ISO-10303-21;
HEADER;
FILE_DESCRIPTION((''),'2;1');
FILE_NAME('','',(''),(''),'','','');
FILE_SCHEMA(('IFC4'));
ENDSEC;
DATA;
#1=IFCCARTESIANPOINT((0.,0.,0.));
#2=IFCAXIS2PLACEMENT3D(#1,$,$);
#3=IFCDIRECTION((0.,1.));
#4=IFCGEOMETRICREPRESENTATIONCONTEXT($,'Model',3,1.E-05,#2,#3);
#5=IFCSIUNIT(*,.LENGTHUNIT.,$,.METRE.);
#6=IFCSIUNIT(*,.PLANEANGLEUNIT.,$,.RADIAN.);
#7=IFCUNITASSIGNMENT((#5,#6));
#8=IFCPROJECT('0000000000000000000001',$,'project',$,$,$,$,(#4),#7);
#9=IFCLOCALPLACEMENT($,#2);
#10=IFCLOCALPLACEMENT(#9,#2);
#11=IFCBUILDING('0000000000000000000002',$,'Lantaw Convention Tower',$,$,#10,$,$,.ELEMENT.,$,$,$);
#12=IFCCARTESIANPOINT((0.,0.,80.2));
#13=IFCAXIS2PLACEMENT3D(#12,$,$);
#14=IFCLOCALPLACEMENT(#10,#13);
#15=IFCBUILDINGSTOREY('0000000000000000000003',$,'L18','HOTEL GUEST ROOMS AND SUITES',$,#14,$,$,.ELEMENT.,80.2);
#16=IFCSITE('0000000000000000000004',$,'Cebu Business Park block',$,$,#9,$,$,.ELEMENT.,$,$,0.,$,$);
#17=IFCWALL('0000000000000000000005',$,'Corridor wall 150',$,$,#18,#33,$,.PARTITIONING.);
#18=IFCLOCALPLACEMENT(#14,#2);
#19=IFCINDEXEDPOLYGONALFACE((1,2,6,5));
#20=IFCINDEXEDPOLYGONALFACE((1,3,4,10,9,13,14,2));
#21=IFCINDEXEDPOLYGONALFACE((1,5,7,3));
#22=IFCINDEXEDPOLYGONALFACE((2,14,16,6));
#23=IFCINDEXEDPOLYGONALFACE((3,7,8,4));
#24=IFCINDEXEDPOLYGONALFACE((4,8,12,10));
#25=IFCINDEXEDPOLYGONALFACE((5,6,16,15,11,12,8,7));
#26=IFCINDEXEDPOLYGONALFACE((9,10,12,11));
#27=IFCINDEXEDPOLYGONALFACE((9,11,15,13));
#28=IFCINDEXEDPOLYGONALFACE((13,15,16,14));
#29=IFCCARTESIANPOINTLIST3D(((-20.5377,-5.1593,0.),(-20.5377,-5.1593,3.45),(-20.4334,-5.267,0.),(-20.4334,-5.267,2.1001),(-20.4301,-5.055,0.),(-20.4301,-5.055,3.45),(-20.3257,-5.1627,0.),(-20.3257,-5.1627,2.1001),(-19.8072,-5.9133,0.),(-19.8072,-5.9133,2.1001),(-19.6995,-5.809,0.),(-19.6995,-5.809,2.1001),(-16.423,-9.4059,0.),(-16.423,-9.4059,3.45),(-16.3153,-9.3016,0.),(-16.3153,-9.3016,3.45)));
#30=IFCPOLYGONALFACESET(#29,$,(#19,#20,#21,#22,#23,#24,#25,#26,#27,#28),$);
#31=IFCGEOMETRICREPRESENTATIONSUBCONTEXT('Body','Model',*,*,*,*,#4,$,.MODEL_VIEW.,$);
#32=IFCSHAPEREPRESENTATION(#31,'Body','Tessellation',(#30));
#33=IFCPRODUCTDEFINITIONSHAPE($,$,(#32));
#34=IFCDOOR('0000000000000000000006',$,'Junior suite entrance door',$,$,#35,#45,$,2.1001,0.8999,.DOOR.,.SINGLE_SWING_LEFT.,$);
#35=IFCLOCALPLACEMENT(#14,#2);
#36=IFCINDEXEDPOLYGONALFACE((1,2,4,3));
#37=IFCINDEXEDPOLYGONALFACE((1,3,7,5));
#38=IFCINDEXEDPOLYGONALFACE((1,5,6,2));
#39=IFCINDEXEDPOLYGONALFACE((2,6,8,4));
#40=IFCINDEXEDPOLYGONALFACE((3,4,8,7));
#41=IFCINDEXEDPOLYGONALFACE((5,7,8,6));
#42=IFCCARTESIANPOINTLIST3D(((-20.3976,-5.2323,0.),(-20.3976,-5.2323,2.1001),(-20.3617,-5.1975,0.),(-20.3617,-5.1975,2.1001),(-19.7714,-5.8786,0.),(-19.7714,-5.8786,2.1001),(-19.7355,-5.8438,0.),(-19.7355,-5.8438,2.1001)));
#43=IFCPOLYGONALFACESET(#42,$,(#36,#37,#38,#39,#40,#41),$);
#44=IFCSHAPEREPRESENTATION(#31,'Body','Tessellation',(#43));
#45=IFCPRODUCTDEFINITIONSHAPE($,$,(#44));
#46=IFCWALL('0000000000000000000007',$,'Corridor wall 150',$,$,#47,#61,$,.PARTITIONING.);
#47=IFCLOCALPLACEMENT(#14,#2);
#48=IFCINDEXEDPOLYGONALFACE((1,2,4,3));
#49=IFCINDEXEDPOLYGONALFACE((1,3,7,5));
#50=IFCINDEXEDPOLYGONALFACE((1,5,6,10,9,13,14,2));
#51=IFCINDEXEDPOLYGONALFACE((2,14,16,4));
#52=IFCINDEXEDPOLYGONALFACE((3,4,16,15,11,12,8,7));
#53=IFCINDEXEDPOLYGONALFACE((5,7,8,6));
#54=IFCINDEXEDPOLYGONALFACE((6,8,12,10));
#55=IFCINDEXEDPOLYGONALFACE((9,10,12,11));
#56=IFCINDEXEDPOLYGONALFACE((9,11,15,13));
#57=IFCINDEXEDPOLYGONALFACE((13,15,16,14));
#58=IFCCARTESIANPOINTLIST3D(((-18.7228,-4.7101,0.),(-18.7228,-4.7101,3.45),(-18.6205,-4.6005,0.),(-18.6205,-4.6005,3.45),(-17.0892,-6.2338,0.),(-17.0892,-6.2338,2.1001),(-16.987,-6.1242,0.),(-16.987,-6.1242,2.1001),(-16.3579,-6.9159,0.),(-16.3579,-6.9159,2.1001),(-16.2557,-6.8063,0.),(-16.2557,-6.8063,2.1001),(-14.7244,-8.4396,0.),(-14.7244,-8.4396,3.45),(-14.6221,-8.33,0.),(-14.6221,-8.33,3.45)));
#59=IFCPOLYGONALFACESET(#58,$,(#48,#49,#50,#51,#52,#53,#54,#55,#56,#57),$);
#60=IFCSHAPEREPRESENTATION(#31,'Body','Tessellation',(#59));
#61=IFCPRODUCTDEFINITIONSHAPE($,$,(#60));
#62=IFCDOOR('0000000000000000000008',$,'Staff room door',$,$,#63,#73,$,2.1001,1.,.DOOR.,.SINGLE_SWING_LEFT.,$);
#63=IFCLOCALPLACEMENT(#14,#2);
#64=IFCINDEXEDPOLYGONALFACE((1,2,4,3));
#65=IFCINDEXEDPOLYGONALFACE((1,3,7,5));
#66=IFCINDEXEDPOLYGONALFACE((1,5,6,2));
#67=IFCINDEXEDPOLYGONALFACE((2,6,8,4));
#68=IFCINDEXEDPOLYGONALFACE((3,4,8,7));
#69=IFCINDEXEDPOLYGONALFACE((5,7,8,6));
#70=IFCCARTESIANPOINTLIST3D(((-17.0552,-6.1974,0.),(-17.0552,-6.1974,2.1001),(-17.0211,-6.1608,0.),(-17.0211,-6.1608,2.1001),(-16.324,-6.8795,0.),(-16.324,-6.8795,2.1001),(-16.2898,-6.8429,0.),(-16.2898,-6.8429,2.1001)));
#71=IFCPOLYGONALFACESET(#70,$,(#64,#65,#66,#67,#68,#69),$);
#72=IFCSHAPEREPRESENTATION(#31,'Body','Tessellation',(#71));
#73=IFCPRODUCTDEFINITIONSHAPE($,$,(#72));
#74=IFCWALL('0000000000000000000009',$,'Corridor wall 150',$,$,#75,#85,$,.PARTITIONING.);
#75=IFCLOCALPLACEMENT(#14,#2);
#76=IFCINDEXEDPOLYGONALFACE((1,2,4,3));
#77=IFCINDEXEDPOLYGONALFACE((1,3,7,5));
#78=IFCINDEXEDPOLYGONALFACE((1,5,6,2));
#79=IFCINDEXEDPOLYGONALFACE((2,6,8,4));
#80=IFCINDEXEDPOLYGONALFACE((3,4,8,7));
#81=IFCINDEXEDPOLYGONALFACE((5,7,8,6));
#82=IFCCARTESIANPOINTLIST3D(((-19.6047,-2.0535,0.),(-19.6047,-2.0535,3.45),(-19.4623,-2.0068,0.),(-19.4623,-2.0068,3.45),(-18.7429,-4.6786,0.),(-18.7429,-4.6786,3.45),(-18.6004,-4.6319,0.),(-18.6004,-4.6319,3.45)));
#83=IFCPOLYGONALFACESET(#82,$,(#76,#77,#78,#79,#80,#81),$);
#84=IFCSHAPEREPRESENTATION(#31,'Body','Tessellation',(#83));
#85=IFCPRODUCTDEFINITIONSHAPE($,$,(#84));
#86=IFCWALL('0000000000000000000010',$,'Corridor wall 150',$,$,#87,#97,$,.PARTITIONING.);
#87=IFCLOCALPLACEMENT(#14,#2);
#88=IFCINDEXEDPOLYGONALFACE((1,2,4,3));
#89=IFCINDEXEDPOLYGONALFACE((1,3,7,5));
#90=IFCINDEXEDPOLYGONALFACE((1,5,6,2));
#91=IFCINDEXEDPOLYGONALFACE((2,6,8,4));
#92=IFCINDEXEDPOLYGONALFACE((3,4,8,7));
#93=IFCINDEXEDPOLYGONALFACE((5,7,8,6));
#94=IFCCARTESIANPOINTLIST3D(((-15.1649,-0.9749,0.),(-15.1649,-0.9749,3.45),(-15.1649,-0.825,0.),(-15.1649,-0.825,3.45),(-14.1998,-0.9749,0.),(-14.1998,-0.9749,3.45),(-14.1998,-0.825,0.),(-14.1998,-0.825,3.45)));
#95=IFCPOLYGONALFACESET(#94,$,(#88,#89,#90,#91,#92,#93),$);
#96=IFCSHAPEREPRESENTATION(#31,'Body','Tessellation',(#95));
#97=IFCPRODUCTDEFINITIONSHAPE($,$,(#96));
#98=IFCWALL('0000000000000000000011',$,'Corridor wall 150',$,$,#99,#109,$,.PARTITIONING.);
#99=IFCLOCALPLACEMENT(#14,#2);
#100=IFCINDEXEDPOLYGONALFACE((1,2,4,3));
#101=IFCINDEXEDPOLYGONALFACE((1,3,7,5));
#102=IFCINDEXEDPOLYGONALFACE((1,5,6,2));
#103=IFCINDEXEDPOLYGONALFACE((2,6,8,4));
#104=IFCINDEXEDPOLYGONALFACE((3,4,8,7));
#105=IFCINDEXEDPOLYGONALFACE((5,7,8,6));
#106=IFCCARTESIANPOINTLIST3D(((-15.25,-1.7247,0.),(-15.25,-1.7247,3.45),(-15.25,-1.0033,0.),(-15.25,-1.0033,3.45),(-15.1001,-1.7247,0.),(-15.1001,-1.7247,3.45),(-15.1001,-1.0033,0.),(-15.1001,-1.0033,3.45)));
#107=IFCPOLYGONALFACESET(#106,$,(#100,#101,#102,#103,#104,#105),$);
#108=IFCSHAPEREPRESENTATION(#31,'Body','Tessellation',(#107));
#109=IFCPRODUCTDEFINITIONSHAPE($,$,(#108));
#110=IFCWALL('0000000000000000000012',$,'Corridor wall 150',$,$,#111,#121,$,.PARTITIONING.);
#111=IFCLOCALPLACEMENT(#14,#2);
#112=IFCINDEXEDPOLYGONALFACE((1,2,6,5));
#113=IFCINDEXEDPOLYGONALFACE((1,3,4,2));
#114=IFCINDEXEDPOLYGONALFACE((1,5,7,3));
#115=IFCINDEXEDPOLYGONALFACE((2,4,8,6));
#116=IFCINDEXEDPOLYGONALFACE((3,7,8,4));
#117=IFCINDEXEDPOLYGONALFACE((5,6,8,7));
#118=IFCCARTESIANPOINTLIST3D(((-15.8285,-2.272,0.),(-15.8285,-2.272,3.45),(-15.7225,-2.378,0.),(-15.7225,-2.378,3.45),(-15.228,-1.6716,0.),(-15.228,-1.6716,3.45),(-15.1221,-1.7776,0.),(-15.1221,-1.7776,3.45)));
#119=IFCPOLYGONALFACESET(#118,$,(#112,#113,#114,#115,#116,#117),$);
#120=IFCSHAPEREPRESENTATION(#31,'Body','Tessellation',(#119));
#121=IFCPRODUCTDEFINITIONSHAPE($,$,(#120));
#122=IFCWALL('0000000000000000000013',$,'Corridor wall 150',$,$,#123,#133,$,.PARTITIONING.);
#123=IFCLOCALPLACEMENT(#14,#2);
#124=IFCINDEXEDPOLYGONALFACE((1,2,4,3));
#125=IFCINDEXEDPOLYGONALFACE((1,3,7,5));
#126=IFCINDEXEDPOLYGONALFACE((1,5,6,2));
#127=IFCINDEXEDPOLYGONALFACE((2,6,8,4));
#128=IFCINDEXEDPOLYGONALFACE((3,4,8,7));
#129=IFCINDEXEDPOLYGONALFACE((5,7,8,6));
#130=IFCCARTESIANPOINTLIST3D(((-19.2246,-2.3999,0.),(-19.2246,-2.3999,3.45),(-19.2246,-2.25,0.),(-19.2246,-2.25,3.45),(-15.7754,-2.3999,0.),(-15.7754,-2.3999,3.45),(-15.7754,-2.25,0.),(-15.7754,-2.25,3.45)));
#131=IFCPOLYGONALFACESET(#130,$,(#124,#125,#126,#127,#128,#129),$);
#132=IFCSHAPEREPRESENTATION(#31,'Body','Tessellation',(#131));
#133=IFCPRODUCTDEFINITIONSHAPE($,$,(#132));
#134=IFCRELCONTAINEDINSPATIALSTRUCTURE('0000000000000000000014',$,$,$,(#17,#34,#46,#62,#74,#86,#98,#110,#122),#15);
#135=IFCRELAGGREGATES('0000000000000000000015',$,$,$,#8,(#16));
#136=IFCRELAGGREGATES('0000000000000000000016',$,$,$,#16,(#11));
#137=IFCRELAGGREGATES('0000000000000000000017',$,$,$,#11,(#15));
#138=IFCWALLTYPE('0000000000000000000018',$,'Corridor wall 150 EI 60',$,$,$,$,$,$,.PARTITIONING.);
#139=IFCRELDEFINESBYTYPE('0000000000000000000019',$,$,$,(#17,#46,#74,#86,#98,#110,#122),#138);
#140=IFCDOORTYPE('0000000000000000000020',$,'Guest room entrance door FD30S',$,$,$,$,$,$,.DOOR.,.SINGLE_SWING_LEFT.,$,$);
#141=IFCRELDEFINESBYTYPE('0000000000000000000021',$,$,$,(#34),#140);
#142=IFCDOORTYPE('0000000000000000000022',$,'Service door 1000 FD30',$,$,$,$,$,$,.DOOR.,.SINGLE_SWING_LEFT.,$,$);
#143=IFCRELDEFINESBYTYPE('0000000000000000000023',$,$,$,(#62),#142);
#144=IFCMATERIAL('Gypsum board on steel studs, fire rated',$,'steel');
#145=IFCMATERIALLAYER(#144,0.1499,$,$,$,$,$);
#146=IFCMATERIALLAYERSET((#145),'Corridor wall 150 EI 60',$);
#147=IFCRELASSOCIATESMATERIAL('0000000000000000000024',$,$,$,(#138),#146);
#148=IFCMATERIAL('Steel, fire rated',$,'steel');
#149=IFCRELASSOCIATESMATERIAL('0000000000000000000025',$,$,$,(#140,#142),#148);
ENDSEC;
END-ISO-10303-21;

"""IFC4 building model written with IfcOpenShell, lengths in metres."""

from ifc_helpers import new_model, si_unit, direction, frame, frame_2d, origin, place, context, subcontext, project, spatial, rectangle, extrude, material, layer, layer_set, type_object, element, fill, save


model = new_model("IFC4")

# Units and contexts
model_context = context("Model", 3, precision=1e-05, world=origin(), true_north=direction((0.0, 1.0)))
body_context = subcontext(model_context, "Body", "Model", "MODEL_VIEW")
ifc_project = project(units=[si_unit("LENGTHUNIT", "METRE"), si_unit("PLANEANGLEUNIT", "RADIAN")], contexts=[model_context])

# Site, building, storey
site_placement = place(None, origin())
site = spatial("IfcSite", under=ifc_project, at=site_placement, Name="Cebu Business Park block", CompositionType="ELEMENT", RefElevation=0.0)
building_placement = place(site_placement, origin())
building = spatial("IfcBuilding", under=site, at=building_placement, Name="Lantaw Convention Tower", CompositionType="ELEMENT")
storey_placement = place(building_placement, frame((0.0, 0.0, 80.2)))
storey = spatial("IfcBuildingStorey", under=building, at=storey_placement, Name="L18", Description="HOTEL GUEST ROOMS AND SUITES", CompositionType="ELEMENT", Elevation=80.2)

# Shared definitions
ifc_material_1 = material(Name="Gypsum board on steel studs, fire rated", Category="steel")
ifc_layer_1 = layer(ifc_material_1, 0.1499)
ifc_layer_set_1 = layer_set([ifc_layer_1], Name="Corridor wall 150 EI 60")
wall_type_1 = type_object("IfcWallType", Name="Corridor wall 150 EI 60", PredefinedType="PARTITIONING", material=ifc_layer_set_1)

# Walls, openings, doors
wall_1_placement = place(storey_placement, frame((-20.4839, -5.1072, 0.0), z_axis=(0.0, 0.0, 1.0), x_axis=(0.695871, -0.718167, 0.0)))
wall_1 = element("IfcWall", 1, at=wall_1_placement, inside=storey, type_object=wall_type_1, Name="Corridor wall 150", PredefinedType="PARTITIONING", context=body_context, shape_type="SweptSolid", body=[
    extrude(rectangle(XDim=5.9131, YDim=0.1499, at=frame_2d((2.9565, 0.0))), origin(), (0.0, 0.0, 1.0), 3.45),
])
opening_1_placement = place(wall_1_placement, frame((0.1499, 0.0, 0.0)))
opening_1 = element("IfcOpeningElement", 2, at=opening_1_placement, cuts=wall_1, PredefinedType="OPENING", context=body_context, shape_type="SweptSolid", body=[
    extrude(rectangle(XDim=0.8999, YDim=2.1001, at=frame_2d((0.45, 1.05))), frame((0.0, 0.085, 0.0), z_axis=(0.0, -1.0, 0.0), x_axis=(1.0, 0.0, 0.0)), (0.0, 0.0, 1.0), 0.1699),
])
ifc_material_2 = material(Name="Steel, fire rated", Category="steel")
door_type_1 = type_object("IfcDoorType", Name="Guest room entrance door FD30S", OperationType="SINGLE_SWING_LEFT", PredefinedType="DOOR", material=ifc_material_2)
door_1_placement = place(opening_1_placement, origin())
door_1 = element("IfcDoor", 3, at=door_1_placement, inside=storey, type_object=door_type_1, Name="Junior suite entrance door", OperationType="SINGLE_SWING_LEFT", OverallHeight=2.1001, OverallWidth=0.8999, PredefinedType="DOOR", context=body_context, shape_type="SweptSolid", body=[
    extrude(rectangle(XDim=0.8999, YDim=2.1001, at=frame_2d((0.45, 1.05))), frame((0.0, 0.0249, 0.0), z_axis=(0.0, -1.0, 0.0), x_axis=(1.0, 0.0, 0.0)), (0.0, 0.0, 1.0), 0.05),
])
fill(opening_1, door_1)
wall_2_placement = place(storey_placement, frame((-18.6716, -4.6553, 0.0), z_axis=(0.0, 0.0, 1.0), x_axis=(0.73126, -0.682099, 0.0)))
wall_2 = element("IfcWall", 4, at=wall_2_placement, inside=storey, type_object=wall_type_1, Name="Corridor wall 150", PredefinedType="PARTITIONING", context=body_context, shape_type="SweptSolid", body=[
    extrude(rectangle(XDim=5.4678, YDim=0.1499, at=frame_2d((2.7339, 0.0))), origin(), (0.0, 0.0, 1.0), 3.45),
])
opening_2_placement = place(wall_2_placement, frame((2.2339, 0.0, 0.0)))
opening_2 = element("IfcOpeningElement", 5, at=opening_2_placement, cuts=wall_2, PredefinedType="OPENING", context=body_context, shape_type="SweptSolid", body=[
    extrude(rectangle(XDim=1.0, YDim=2.1001, at=frame_2d((0.5, 1.05))), frame((0.0, 0.085, 0.0), z_axis=(0.0, -1.0, 0.0), x_axis=(1.0, 0.0, 0.0)), (0.0, 0.0, 1.0), 0.1699),
])
door_type_2 = type_object("IfcDoorType", Name="Service door 1000 FD30", OperationType="SINGLE_SWING_LEFT", PredefinedType="DOOR", material=ifc_material_2)
door_2_placement = place(opening_2_placement, origin())
door_2 = element("IfcDoor", 6, at=door_2_placement, inside=storey, type_object=door_type_2, Name="Staff room door", OperationType="SINGLE_SWING_LEFT", OverallHeight=2.1001, OverallWidth=1.0, PredefinedType="DOOR", context=body_context, shape_type="SweptSolid", body=[
    extrude(rectangle(XDim=1.0, YDim=2.1001, at=frame_2d((0.5, 1.05))), frame((0.0, 0.0249, 0.0), z_axis=(0.0, -1.0, 0.0), x_axis=(1.0, 0.0, 0.0)), (0.0, 0.0, 1.0), 0.05),
])
fill(opening_2, door_2)

# Walls
wall_3_placement = place(storey_placement, frame((-19.5334, -2.0303, 0.0), z_axis=(0.0, 0.0, 1.0), x_axis=(0.31193, -0.950105, 0.0)))
element("IfcWall", 7, at=wall_3_placement, inside=storey, type_object=wall_type_1, Name="Corridor wall 150", PredefinedType="PARTITIONING", context=body_context, shape_type="SweptSolid", body=[
    extrude(rectangle(XDim=2.7629, YDim=0.1499, at=frame_2d((1.3813, 0.0))), origin(), (0.0, 0.0, 1.0), 3.45),
])
wall_4_placement = place(storey_placement, frame((-14.2, -0.8999, 0.0), z_axis=(0.0, 0.0, 1.0), x_axis=(-1.0, 0.0, 0.0)))
element("IfcWall", 8, at=wall_4_placement, inside=storey, type_object=wall_type_1, Name="Corridor wall 150", PredefinedType="PARTITIONING", context=body_context, shape_type="SweptSolid", body=[
    extrude(rectangle(XDim=0.9651, YDim=0.1499, at=frame_2d((0.4824, 0.0))), origin(), (0.0, 0.0, 1.0), 3.45),
])
wall_5_placement = place(storey_placement, frame((-15.175, -1.0032, 0.0), z_axis=(0.0, 0.0, 1.0), x_axis=(0.0, -1.0, 0.0)))
element("IfcWall", 9, at=wall_5_placement, inside=storey, type_object=wall_type_1, Name="Corridor wall 150", PredefinedType="PARTITIONING", context=body_context, shape_type="SweptSolid", body=[
    extrude(rectangle(XDim=0.7214, YDim=0.1499, at=frame_2d((0.3608, 0.0))), origin(), (0.0, 0.0, 1.0), 3.45),
])
wall_6_placement = place(storey_placement, frame((-15.175, -1.7246, 0.0), z_axis=(0.0, 0.0, 1.0), x_axis=(-0.707107, -0.707107, 0.0)))
element("IfcWall", 10, at=wall_6_placement, inside=storey, type_object=wall_type_1, Name="Corridor wall 150", PredefinedType="PARTITIONING", context=body_context, shape_type="SweptSolid", body=[
    extrude(rectangle(XDim=0.8491, YDim=0.1499, at=frame_2d((0.4246, 0.0))), origin(), (0.0, 0.0, 1.0), 3.45),
])
wall_7_placement = place(storey_placement, frame((-15.7754, -2.325, 0.0), z_axis=(0.0, 0.0, 1.0), x_axis=(-1.0, 0.0, 0.0)))
element("IfcWall", 11, at=wall_7_placement, inside=storey, type_object=wall_type_1, Name="Corridor wall 150", PredefinedType="PARTITIONING", context=body_context, shape_type="SweptSolid", body=[
    extrude(rectangle(XDim=3.4492, YDim=0.1499, at=frame_2d((1.7246, 0.0))), origin(), (0.0, 0.0, 1.0), 3.45),
])

save(model, "model.ifc")
